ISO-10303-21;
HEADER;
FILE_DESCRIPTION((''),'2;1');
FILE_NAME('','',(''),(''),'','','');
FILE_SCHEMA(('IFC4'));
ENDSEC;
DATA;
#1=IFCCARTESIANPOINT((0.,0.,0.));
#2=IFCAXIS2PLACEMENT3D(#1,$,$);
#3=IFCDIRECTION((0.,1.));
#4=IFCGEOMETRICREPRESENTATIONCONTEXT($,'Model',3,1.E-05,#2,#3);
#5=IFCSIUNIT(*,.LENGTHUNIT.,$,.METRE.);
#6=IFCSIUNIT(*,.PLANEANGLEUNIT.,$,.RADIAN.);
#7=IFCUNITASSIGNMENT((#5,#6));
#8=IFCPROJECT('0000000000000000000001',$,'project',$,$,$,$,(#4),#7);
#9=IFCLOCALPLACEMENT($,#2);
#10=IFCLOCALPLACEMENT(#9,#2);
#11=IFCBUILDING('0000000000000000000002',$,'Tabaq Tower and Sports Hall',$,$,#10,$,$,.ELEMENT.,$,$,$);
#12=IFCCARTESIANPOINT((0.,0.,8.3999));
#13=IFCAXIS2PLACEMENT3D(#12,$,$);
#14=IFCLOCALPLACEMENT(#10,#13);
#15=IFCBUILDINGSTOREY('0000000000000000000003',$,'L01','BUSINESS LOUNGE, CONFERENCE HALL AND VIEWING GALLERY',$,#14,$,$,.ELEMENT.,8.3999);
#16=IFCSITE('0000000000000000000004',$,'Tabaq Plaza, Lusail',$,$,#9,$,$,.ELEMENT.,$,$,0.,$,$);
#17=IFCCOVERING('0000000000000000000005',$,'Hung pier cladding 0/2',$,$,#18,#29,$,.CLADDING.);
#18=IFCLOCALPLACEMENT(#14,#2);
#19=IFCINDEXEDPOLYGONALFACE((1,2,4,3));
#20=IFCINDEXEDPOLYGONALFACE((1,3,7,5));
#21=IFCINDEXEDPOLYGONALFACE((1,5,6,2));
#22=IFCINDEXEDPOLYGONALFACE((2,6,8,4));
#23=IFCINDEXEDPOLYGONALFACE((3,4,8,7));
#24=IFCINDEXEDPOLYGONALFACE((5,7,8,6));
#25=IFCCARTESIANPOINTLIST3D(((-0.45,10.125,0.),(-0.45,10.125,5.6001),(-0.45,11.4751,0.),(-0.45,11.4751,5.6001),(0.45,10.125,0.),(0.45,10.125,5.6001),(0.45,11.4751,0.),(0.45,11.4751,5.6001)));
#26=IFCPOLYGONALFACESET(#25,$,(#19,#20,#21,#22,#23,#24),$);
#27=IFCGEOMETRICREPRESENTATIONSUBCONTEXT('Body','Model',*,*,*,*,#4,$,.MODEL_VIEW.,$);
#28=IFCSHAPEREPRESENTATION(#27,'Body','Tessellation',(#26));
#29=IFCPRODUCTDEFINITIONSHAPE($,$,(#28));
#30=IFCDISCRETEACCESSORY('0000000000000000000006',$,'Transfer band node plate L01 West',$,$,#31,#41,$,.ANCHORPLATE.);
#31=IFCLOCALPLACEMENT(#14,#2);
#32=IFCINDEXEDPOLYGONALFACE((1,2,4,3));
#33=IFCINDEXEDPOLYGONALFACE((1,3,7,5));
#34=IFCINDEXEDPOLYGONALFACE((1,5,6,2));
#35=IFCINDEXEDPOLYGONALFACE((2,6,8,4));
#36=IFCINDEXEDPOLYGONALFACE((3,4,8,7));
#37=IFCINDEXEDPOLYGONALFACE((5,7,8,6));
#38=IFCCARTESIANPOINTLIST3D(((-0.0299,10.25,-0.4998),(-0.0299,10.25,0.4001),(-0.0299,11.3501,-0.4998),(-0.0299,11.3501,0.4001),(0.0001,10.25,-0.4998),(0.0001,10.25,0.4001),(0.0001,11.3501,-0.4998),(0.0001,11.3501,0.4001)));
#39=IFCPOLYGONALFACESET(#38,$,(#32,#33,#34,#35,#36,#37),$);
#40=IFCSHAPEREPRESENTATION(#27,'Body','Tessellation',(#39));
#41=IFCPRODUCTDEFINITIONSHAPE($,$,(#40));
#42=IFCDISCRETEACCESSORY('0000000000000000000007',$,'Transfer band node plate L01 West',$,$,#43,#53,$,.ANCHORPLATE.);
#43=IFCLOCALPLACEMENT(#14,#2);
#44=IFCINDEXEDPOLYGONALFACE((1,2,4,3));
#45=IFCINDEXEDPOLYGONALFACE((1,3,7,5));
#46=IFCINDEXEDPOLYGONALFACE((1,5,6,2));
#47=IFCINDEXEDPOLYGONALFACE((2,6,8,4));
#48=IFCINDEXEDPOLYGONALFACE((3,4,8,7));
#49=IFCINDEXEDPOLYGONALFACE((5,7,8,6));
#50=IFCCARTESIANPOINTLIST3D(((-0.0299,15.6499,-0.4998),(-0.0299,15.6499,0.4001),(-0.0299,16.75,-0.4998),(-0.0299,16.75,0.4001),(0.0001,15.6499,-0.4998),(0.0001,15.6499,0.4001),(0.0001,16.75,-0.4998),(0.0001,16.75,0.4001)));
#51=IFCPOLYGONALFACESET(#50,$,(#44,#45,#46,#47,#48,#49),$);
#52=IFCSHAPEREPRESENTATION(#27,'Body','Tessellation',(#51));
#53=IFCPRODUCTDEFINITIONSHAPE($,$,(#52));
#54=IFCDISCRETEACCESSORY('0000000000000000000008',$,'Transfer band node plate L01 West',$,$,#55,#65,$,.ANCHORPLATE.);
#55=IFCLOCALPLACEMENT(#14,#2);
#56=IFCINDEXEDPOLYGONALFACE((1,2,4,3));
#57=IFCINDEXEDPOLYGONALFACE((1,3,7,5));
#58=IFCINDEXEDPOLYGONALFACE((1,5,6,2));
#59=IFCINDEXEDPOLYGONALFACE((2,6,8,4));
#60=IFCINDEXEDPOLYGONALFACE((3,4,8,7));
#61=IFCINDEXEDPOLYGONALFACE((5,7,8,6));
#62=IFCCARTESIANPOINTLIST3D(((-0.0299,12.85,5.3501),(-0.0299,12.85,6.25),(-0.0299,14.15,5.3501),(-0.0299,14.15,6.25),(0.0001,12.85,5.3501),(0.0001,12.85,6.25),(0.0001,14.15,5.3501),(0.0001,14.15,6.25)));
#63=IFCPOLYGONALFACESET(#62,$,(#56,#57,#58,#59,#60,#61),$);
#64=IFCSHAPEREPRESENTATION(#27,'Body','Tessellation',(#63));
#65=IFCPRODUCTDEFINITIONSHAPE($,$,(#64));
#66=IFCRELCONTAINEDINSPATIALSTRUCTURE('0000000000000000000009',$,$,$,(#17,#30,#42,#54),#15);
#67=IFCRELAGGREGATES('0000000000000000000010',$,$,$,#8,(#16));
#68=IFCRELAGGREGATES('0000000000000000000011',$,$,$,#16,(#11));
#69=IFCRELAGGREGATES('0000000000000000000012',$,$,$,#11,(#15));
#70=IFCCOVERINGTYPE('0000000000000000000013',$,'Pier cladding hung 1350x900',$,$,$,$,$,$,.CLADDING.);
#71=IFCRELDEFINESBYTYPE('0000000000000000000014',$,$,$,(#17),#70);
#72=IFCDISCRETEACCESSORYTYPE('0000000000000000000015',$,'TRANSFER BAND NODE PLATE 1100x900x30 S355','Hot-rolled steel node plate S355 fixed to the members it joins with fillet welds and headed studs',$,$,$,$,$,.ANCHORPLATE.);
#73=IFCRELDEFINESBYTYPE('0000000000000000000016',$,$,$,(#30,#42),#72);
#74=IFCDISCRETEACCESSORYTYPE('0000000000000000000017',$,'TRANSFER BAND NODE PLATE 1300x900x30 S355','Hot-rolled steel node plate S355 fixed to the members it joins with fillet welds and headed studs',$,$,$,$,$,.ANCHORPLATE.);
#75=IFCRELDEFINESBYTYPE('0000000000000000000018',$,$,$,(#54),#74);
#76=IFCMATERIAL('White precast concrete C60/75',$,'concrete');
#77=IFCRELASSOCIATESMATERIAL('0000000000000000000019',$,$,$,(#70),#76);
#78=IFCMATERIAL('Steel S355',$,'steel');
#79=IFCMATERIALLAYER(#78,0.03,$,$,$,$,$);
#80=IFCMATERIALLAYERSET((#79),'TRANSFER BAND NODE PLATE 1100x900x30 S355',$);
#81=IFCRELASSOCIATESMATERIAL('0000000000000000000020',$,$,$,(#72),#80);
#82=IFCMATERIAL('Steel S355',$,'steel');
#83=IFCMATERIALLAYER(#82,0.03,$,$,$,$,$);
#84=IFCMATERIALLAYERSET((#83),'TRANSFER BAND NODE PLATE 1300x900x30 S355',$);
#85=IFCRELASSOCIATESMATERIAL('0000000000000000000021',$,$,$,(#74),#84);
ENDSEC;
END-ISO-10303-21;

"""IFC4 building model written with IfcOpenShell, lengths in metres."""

from ifc_helpers import new_model, si_unit, direction, frame, frame_2d, origin, origin_2d, place, context, subcontext, project, spatial, rectangle, extrude, material, layer, layer_set, type_object, element, save


model = new_model("IFC4")

# Units and contexts
model_context = context("Model", 3, precision=1e-05, world=origin(), true_north=direction((0.0, 1.0)))
body_context = subcontext(model_context, "Body", "Model", "MODEL_VIEW")
ifc_project = project(units=[si_unit("LENGTHUNIT", "METRE"), si_unit("PLANEANGLEUNIT", "RADIAN")], contexts=[model_context])

# Site, building, storey
site_placement = place(None, origin())
site = spatial("IfcSite", under=ifc_project, at=site_placement, Name="Tabaq Plaza, Lusail", CompositionType="ELEMENT", RefElevation=0.0)
building_placement = place(site_placement, origin())
building = spatial("IfcBuilding", under=site, at=building_placement, Name="Tabaq Tower and Sports Hall", CompositionType="ELEMENT")
storey_placement = place(building_placement, frame((0.0, 0.0, 8.3999)))
storey = spatial("IfcBuildingStorey", under=building, at=storey_placement, Name="L01", Description="BUSINESS LOUNGE, CONFERENCE HALL AND VIEWING GALLERY", CompositionType="ELEMENT", Elevation=8.3999)

# Covering
ifc_material_1 = material(Name="White precast concrete C60/75", Category="concrete")
covering_type = type_object("IfcCoveringType", Name="Pier cladding hung 1350x900", PredefinedType="CLADDING", material=ifc_material_1)
for number, where, z_axis, x_axis, name in (
    (1, (0.0, 11.4751, 0.0), (0.0, 0.0, 1.0), (0.0, -1.0, 0.0), "Hung pier cladding 0/2"),
):
    element("IfcCovering", number, at=place(storey_placement, frame(where, z_axis=z_axis, x_axis=x_axis)), inside=storey, type_object=covering_type, Name=name, PredefinedType="CLADDING", context=body_context, shape_type="SweptSolid", body=[
        extrude(rectangle(XDim=1.3501, YDim=0.8999, at=frame_2d((0.675, 0.0))), origin(), (0.0, 0.0, 1.0), 5.6001),
    ])

# Discrete accessories
ifc_material_2 = material(Name="Steel S355", Category="steel")
ifc_layer_1 = layer(ifc_material_2, 0.03)
ifc_layer_set_1 = layer_set([ifc_layer_1], Name="TRANSFER BAND NODE PLATE 1100x900x30 S355")
discrete_accessory_type_1 = type_object("IfcDiscreteAccessoryType", Name="TRANSFER BAND NODE PLATE 1100x900x30 S355", Description="Hot-rolled steel node plate S355 fixed to the members it joins with fillet welds and headed studs", PredefinedType="ANCHORPLATE", material=ifc_layer_set_1)
for number, where, z_axis, x_axis, name in (
    (2, (-0.0149, 10.8, -0.4998), (0.0, 0.0, 1.0), (0.0, -1.0, 0.0), "Transfer band node plate L01 West"),
    (3, (-0.0149, 16.2, -0.4998), (0.0, 0.0, 1.0), (0.0, -1.0, 0.0), "Transfer band node plate L01 West"),
):
    element("IfcDiscreteAccessory", number, at=place(storey_placement, frame(where, z_axis=z_axis, x_axis=x_axis)), inside=storey, type_object=discrete_accessory_type_1, Name=name, PredefinedType="ANCHORPLATE", context=body_context, shape_type="SweptSolid", body=[
        extrude(rectangle(XDim=1.1001, YDim=0.03, at=origin_2d()), origin(), (0.0, 0.0, 1.0), 0.8999),
    ])
ifc_material_3 = material(Name="Steel S355", Category="steel")
ifc_layer_2 = layer(ifc_material_3, 0.03)
ifc_layer_set_2 = layer_set([ifc_layer_2], Name="TRANSFER BAND NODE PLATE 1300x900x30 S355")
discrete_accessory_type_2 = type_object("IfcDiscreteAccessoryType", Name="TRANSFER BAND NODE PLATE 1300x900x30 S355", Description="Hot-rolled steel node plate S355 fixed to the members it joins with fillet welds and headed studs", PredefinedType="ANCHORPLATE", material=ifc_layer_set_2)
discrete_accessory_placement = place(storey_placement, frame((-0.0149, 13.5, 5.3501), z_axis=(0.0, 0.0, 1.0), x_axis=(0.0, -1.0, 0.0)))
element("IfcDiscreteAccessory", 4, at=discrete_accessory_placement, inside=storey, type_object=discrete_accessory_type_2, Name="Transfer band node plate L01 West", PredefinedType="ANCHORPLATE", context=body_context, shape_type="SweptSolid", body=[
    extrude(rectangle(XDim=1.3, YDim=0.03, at=origin_2d()), origin(), (0.0, 0.0, 1.0), 0.8999),
])

save(model, "model.ifc")
